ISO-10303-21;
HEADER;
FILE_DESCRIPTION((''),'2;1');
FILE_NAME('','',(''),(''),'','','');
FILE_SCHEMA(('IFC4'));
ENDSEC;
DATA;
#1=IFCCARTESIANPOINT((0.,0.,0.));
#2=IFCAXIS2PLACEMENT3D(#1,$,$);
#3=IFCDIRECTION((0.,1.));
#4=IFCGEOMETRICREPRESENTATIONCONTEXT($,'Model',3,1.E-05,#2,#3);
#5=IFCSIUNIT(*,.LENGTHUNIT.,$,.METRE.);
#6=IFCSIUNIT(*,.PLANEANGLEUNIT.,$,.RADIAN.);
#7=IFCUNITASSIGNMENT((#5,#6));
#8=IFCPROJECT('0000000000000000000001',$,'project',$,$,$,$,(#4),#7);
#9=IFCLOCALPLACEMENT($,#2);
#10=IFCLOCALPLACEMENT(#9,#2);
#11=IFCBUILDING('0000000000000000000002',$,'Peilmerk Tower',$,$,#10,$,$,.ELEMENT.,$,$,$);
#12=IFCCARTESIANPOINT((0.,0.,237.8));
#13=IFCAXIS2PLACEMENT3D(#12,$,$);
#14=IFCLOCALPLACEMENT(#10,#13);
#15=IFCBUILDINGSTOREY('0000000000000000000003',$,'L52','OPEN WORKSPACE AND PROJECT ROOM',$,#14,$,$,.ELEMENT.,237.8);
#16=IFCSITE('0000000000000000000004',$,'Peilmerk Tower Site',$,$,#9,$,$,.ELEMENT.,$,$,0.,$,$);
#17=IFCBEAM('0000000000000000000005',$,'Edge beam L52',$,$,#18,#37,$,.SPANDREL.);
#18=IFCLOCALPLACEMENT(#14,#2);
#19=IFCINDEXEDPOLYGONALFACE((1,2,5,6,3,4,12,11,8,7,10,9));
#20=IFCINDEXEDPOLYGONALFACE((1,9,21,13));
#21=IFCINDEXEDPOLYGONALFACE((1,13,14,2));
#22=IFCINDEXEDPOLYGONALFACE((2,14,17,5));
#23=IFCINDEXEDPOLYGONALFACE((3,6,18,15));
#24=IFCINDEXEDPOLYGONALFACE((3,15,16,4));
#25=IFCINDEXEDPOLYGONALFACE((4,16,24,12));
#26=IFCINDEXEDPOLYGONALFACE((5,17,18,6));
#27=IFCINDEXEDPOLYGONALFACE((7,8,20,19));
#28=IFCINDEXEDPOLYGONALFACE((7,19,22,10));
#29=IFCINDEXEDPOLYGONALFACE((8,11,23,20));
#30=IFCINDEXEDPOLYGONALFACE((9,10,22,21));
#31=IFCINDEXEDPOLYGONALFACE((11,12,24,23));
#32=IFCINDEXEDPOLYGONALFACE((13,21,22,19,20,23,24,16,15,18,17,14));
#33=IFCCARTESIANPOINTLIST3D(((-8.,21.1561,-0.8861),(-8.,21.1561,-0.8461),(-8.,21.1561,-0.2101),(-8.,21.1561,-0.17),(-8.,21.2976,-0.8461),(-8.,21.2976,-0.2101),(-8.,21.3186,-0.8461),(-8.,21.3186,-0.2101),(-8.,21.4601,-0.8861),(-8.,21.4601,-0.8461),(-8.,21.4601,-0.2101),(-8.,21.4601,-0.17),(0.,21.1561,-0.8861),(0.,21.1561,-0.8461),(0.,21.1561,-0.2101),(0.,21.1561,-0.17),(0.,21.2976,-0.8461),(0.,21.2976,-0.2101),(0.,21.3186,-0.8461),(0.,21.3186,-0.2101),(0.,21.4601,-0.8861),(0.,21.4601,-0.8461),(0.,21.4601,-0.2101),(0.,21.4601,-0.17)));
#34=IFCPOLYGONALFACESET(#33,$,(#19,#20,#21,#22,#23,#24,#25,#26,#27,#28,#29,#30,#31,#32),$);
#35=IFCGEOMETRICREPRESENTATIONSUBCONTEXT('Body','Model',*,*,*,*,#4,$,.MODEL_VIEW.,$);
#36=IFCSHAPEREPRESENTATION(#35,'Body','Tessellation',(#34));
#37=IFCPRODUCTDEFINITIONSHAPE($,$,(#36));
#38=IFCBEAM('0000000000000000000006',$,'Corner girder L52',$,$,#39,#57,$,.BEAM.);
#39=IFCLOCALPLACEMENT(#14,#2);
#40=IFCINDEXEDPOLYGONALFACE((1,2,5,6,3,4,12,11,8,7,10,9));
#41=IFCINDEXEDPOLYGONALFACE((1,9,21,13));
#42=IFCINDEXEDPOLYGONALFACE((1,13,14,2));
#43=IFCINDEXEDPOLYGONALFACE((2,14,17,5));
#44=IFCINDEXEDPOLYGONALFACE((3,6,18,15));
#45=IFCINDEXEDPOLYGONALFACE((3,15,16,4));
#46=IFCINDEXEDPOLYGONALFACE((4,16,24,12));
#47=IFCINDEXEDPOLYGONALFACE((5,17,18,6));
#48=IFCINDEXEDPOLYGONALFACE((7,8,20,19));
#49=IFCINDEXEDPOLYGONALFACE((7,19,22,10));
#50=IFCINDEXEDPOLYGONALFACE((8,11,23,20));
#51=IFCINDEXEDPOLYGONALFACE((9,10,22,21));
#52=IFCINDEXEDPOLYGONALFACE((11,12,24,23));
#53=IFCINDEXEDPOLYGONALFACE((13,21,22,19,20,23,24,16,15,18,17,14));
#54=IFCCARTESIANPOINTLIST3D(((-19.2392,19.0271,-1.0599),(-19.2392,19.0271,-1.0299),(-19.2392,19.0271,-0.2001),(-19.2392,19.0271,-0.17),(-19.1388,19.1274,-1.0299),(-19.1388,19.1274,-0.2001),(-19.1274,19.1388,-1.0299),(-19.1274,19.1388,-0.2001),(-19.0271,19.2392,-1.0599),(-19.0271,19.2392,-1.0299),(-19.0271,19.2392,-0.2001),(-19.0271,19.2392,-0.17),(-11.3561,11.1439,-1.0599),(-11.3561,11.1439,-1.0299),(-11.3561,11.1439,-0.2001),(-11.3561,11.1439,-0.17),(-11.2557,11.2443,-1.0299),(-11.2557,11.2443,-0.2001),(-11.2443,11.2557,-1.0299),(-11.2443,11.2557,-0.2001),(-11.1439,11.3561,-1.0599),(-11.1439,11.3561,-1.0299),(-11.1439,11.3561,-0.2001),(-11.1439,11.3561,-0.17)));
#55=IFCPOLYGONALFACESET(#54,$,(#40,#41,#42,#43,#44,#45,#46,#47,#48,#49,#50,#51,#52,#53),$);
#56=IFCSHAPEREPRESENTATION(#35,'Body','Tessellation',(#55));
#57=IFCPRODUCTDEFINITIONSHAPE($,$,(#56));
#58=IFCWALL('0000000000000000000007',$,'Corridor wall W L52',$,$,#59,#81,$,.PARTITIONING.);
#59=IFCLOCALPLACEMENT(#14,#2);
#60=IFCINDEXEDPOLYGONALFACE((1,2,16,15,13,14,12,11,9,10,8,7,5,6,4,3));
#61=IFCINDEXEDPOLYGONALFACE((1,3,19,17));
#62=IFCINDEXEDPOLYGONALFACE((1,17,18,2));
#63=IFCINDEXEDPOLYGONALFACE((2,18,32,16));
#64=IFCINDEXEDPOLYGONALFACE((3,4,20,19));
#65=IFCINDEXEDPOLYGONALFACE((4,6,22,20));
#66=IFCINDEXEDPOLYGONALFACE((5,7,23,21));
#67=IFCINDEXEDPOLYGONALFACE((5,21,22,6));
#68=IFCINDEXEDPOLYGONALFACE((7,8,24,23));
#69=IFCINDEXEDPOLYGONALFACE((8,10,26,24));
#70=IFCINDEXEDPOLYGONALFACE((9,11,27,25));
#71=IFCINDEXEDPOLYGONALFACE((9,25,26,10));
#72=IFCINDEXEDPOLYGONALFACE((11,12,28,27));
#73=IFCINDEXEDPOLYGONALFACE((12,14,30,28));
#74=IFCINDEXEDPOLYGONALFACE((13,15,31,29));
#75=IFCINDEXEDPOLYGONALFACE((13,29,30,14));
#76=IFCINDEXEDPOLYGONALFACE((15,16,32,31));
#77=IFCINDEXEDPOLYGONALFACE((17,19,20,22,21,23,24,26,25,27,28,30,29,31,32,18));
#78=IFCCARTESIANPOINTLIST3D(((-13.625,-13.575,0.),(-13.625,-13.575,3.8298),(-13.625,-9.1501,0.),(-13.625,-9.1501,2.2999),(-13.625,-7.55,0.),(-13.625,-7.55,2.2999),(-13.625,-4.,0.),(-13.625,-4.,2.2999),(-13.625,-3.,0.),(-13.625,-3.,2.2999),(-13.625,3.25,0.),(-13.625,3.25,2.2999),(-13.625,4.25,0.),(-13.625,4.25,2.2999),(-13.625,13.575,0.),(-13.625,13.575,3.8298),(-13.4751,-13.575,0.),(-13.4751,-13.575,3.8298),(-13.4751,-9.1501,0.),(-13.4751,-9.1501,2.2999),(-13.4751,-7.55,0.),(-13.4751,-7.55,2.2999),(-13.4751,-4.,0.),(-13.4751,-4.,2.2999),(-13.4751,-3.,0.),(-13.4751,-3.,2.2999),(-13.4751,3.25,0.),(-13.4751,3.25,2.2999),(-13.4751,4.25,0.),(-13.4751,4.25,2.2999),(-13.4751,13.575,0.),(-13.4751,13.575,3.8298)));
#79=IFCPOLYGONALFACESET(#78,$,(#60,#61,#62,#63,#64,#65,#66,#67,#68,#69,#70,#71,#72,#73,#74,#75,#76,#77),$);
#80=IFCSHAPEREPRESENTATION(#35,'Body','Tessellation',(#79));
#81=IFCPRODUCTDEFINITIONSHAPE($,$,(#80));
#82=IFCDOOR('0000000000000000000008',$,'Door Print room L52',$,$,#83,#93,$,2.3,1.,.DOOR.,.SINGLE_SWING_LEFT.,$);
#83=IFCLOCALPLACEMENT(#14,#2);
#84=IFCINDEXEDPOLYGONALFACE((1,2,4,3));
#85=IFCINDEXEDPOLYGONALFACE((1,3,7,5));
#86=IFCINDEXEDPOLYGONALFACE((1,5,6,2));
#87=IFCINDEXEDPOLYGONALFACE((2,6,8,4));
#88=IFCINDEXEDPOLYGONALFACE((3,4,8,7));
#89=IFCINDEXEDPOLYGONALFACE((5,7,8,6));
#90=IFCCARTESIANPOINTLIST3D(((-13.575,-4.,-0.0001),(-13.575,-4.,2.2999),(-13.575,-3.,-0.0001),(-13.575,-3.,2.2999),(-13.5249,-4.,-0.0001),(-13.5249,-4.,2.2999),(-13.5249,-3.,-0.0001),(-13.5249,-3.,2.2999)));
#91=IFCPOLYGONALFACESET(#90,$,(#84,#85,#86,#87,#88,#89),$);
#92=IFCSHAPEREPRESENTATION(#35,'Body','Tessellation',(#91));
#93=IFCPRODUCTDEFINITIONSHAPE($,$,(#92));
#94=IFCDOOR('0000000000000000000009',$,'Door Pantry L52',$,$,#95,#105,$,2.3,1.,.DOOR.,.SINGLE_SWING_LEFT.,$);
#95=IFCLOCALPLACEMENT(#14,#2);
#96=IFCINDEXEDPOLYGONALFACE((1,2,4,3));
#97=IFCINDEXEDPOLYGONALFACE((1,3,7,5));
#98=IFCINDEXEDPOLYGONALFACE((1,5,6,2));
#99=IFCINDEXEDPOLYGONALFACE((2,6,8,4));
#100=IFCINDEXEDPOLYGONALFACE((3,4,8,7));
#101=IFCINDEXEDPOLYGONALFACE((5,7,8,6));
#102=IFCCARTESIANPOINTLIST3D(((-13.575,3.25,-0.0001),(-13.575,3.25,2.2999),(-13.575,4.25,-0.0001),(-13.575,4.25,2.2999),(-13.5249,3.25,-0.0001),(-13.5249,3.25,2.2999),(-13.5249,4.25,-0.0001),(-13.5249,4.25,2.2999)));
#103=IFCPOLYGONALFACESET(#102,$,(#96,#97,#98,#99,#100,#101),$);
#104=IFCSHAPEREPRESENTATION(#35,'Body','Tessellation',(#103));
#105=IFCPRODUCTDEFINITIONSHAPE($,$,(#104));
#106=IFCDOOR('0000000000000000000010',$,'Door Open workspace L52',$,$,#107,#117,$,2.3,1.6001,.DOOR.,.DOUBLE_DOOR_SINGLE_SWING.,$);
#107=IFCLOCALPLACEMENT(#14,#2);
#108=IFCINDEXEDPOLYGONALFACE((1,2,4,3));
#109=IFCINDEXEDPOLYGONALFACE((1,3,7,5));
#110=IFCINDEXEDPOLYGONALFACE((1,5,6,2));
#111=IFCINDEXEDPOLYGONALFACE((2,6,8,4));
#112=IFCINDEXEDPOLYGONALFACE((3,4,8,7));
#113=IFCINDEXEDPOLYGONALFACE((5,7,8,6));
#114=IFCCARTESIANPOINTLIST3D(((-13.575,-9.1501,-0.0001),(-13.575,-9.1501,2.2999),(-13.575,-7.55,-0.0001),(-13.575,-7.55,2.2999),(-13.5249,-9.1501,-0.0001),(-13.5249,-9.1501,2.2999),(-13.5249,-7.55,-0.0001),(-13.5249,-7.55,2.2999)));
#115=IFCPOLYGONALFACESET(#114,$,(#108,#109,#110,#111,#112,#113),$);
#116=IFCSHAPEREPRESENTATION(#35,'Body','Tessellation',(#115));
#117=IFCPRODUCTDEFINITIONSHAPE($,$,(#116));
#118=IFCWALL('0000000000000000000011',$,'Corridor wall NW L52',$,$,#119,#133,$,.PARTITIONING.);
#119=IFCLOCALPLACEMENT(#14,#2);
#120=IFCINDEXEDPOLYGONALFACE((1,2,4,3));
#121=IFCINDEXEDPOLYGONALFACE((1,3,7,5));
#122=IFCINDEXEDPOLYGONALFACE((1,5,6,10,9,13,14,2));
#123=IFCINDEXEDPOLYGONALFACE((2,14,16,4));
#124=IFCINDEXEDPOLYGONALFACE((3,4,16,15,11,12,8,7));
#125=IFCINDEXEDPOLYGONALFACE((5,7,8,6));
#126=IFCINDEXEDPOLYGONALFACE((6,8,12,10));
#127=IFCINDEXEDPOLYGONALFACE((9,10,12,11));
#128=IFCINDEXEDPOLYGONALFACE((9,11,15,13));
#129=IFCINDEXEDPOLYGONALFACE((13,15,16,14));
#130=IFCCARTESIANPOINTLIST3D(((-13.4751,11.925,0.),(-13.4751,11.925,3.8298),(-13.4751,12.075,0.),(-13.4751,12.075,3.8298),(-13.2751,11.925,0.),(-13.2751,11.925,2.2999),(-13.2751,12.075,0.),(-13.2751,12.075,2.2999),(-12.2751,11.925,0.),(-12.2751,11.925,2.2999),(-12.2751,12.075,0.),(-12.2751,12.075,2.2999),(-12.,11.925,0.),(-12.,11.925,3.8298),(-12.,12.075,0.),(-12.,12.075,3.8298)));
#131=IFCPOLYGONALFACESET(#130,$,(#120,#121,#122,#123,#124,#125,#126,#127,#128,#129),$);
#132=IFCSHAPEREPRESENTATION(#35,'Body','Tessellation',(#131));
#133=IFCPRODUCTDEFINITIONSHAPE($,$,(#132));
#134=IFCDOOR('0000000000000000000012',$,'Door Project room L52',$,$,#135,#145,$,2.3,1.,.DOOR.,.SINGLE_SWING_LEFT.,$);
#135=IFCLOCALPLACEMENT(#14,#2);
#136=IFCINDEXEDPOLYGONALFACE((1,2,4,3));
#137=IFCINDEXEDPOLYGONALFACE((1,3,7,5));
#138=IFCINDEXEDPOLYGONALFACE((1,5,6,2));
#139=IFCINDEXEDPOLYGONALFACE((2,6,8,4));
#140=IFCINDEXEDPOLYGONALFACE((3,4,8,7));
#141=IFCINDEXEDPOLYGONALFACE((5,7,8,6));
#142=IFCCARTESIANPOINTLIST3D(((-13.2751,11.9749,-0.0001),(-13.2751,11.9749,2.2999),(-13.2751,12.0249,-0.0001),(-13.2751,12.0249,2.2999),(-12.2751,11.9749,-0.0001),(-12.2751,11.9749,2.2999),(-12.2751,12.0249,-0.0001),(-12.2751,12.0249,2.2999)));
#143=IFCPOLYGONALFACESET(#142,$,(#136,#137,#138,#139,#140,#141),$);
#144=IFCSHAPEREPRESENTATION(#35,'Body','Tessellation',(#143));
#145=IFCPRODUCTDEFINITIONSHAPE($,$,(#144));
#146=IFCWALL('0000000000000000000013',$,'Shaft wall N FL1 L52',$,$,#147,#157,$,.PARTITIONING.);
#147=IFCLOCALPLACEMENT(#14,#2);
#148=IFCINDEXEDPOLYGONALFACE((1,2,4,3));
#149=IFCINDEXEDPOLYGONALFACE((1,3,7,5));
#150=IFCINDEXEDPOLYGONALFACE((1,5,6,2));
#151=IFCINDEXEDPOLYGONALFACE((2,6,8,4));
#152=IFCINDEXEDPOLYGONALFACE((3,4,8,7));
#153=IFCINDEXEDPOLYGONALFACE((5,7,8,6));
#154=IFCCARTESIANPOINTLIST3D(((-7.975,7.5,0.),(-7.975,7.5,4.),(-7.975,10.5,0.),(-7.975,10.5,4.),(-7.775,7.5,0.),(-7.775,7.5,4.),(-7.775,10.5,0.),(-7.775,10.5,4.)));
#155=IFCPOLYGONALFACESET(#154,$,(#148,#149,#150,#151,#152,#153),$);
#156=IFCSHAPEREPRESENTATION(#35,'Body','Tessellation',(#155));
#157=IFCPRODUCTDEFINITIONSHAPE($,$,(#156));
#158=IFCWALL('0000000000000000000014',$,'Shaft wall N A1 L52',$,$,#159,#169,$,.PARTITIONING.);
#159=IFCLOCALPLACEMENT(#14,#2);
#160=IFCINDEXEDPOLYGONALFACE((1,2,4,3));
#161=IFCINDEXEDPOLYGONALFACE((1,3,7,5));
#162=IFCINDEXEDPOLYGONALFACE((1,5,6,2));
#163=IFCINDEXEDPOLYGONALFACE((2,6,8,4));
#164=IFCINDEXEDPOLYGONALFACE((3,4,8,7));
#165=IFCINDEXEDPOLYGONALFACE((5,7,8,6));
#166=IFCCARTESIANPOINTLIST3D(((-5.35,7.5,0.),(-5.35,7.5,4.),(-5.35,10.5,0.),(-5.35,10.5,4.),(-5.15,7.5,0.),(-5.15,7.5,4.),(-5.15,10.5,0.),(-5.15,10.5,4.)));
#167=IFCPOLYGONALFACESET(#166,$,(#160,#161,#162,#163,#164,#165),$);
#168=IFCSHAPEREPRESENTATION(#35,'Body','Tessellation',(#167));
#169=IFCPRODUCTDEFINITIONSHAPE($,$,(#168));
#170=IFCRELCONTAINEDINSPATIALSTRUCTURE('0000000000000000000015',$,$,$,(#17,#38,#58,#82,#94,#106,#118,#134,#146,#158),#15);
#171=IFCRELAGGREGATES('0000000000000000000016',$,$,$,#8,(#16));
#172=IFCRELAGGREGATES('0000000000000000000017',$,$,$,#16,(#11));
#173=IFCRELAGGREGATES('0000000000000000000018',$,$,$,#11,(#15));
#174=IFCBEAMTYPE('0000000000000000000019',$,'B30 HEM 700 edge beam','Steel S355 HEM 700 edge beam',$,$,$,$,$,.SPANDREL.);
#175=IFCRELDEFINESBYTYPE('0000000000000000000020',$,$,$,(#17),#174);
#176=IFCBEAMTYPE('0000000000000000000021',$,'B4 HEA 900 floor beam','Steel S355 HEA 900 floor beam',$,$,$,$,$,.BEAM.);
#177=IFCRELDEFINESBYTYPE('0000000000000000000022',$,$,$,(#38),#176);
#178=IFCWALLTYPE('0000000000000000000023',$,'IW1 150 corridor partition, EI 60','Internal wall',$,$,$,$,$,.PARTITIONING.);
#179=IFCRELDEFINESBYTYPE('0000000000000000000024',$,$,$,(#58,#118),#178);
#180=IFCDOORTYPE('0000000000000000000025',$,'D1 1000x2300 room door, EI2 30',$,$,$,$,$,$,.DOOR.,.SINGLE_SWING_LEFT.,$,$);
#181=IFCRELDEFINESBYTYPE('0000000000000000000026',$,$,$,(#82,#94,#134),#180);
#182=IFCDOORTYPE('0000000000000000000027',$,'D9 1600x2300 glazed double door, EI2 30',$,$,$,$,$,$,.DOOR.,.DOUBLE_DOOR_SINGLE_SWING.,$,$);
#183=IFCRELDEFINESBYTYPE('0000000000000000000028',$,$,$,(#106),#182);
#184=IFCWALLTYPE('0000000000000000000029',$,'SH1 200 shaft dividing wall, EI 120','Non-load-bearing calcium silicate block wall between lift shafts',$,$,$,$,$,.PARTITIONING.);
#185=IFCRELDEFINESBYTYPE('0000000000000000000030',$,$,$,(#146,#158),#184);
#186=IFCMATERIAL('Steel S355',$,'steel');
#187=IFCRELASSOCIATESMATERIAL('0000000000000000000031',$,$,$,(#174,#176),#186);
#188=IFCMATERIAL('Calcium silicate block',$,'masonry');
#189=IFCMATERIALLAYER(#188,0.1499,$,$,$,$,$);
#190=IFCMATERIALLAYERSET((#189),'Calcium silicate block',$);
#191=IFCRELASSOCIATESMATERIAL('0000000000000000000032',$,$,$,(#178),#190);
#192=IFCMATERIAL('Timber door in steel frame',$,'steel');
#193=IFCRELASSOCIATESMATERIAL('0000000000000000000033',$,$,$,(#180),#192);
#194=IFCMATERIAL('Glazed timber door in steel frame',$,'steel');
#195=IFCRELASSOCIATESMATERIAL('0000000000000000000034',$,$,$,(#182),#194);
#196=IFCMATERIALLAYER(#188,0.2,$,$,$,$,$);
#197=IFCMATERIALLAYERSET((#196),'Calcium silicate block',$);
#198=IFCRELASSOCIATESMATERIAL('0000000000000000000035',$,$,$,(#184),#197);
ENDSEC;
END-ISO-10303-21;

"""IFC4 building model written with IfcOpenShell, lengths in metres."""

from ifc_helpers import new_model, si_unit, direction, frame, frame_2d, origin, origin_2d, place, context, subcontext, project, spatial, rectangle, i_section, extrude, material, layer, layer_set, material_profile, profile_set, type_object, element, fill, save


model = new_model("IFC4")

# Units and contexts
model_context = context("Model", 3, precision=1e-05, world=origin(), true_north=direction((0.0, 1.0)))
body_context = subcontext(model_context, "Body", "Model", "MODEL_VIEW")
ifc_project = project(units=[si_unit("LENGTHUNIT", "METRE"), si_unit("PLANEANGLEUNIT", "RADIAN")], contexts=[model_context])

# Site, building, storey
site_placement = place(None, origin())
site = spatial("IfcSite", under=ifc_project, at=site_placement, Name="Peilmerk Tower Site", CompositionType="ELEMENT", RefElevation=0.0)
building_placement = place(site_placement, origin())
building = spatial("IfcBuilding", under=site, at=building_placement, Name="Peilmerk Tower", CompositionType="ELEMENT")
storey_placement = place(building_placement, frame((0.0, 0.0, 237.8)))
storey = spatial("IfcBuildingStorey", under=building, at=storey_placement, Name="L52", Description="OPEN WORKSPACE AND PROJECT ROOM", CompositionType="ELEMENT", Elevation=237.8)

# Beams
ifc_material_1 = material(Name="Steel S355", Category="steel")
ifc_material_profile_1 = material_profile(ifc_material_1, i_section(OverallWidth=0.304, OverallDepth=0.7161, WebThickness=0.021, FlangeThickness=0.04, at=origin_2d()), Name="HEM 700")
ifc_profile_set_1 = profile_set([ifc_material_profile_1], Name="Steel S355")
beam_type_1 = type_object("IfcBeamType", Name="B30 HEM 700 edge beam", Description="Steel S355 HEM 700 edge beam", PredefinedType="SPANDREL", material=ifc_profile_set_1)
beam_1_placement = place(storey_placement, frame((0.0, 21.3081, -0.5281), z_axis=(-1.0, 0.0, 0.0), x_axis=(0.0, -1.0, 0.0)))
element("IfcBeam", 1, at=beam_1_placement, inside=storey, type_object=beam_type_1, Name="Edge beam L52", PredefinedType="SPANDREL", context=body_context, shape_type="SweptSolid", body=[
    extrude(i_section(OverallWidth=0.304, OverallDepth=0.7161, WebThickness=0.021, FlangeThickness=0.04, at=origin_2d()), origin(), (0.0, 0.0, 1.0), 8.0),
])
ifc_material_profile_2 = material_profile(ifc_material_1, i_section(OverallWidth=0.3, OverallDepth=0.8899, WebThickness=0.0161, FlangeThickness=0.03, at=origin_2d()), Name="HEA 900")
ifc_profile_set_2 = profile_set([ifc_material_profile_2], Name="Steel S355")
beam_type_2 = type_object("IfcBeamType", Name="B4 HEA 900 floor beam", Description="Steel S355 HEA 900 floor beam", PredefinedType="BEAM", material=ifc_profile_set_2)
beam_2_placement = place(storey_placement, frame((-11.25, 11.25, -0.615), z_axis=(-0.707107, 0.707107, 0.0), x_axis=(-0.707107, -0.707107, 0.0)))
element("IfcBeam", 2, at=beam_2_placement, inside=storey, type_object=beam_type_2, Name="Corner girder L52", PredefinedType="BEAM", context=body_context, shape_type="SweptSolid", body=[
    extrude(i_section(OverallWidth=0.3, OverallDepth=0.8899, WebThickness=0.0161, FlangeThickness=0.03, at=origin_2d()), origin(), (0.0, 0.0, 1.0), 11.1484),
])

# Wall, openings, doors
ifc_material_2 = material(Name="Calcium silicate block", Category="masonry")
ifc_layer_1 = layer(ifc_material_2, 0.1499)
ifc_layer_set_1 = layer_set([ifc_layer_1], Name="Calcium silicate block")
wall_type_1 = type_object("IfcWallType", Name="IW1 150 corridor partition, EI 60", Description="Internal wall", PredefinedType="PARTITIONING", material=ifc_layer_set_1)
wall_1_placement = place(storey_placement, frame((-13.55, 13.575, 0.0), z_axis=(0.0, 0.0, 1.0), x_axis=(0.0, -1.0, 0.0)))
wall_1 = element("IfcWall", 3, at=wall_1_placement, inside=storey, type_object=wall_type_1, Name="Corridor wall W L52", PredefinedType="PARTITIONING", context=body_context, shape_type="SweptSolid", body=[
    extrude(rectangle(XDim=27.1499, YDim=0.1499, at=frame_2d((13.575, 0.0))), origin(), (0.0, 0.0, 1.0), 3.8298),
])
opening_1_placement = place(wall_1_placement, frame((21.125, 0.0, 0.0)))
opening_1 = element("IfcOpeningElement", 4, at=opening_1_placement, cuts=wall_1, PredefinedType="OPENING", context=body_context, shape_type="SweptSolid", body=[
    extrude(rectangle(XDim=1.6001, YDim=2.3, at=frame_2d((0.8, 1.1499))), frame((0.0, 0.085, 0.0), z_axis=(0.0, -1.0, 0.0), x_axis=(1.0, 0.0, 0.0)), (0.0, 0.0, 1.0), 0.1699),
])
opening_2_placement = place(wall_1_placement, frame((16.575, 0.0, 0.0)))
opening_2 = element("IfcOpeningElement", 5, at=opening_2_placement, cuts=wall_1, PredefinedType="OPENING", context=body_context, shape_type="SweptSolid", body=[
    extrude(rectangle(XDim=1.0, YDim=2.3, at=frame_2d((0.5, 1.1499))), frame((0.0, 0.085, 0.0), z_axis=(0.0, -1.0, 0.0), x_axis=(1.0, 0.0, 0.0)), (0.0, 0.0, 1.0), 0.1699),
])
opening_3_placement = place(wall_1_placement, frame((9.325, 0.0, 0.0)))
opening_3 = element("IfcOpeningElement", 6, at=opening_3_placement, cuts=wall_1, PredefinedType="OPENING", context=body_context, shape_type="SweptSolid", body=[
    extrude(rectangle(XDim=1.0, YDim=2.3, at=frame_2d((0.5, 1.1499))), frame((0.0, 0.085, 0.0), z_axis=(0.0, -1.0, 0.0), x_axis=(1.0, 0.0, 0.0)), (0.0, 0.0, 1.0), 0.1699),
])
ifc_material_3 = material(Name="Timber door in steel frame", Category="steel")
door_type_1 = type_object("IfcDoorType", Name="D1 1000x2300 room door, EI2 30", OperationType="SINGLE_SWING_LEFT", PredefinedType="DOOR", material=ifc_material_3)
door_1_placement = place(opening_2_placement, frame((1.0, 0.0, 0.0), z_axis=(0.0, 0.0, 1.0), x_axis=(-1.0, 0.0, 0.0)))
door_1 = element("IfcDoor", 7, at=door_1_placement, inside=storey, type_object=door_type_1, Name="Door Print room L52", OperationType="SINGLE_SWING_LEFT", OverallHeight=2.3, OverallWidth=1.0, PredefinedType="DOOR", context=body_context, shape_type="SweptSolid", body=[
    extrude(rectangle(XDim=1.0, YDim=2.3, at=frame_2d((0.5, 1.1499))), frame((0.0, 0.0249, 0.0), z_axis=(0.0, -1.0, 0.0), x_axis=(1.0, 0.0, 0.0)), (0.0, 0.0, 1.0), 0.05),
])
fill(opening_2, door_1)
door_2_placement = place(opening_3_placement, frame((1.0, 0.0, 0.0), z_axis=(0.0, 0.0, 1.0), x_axis=(-1.0, 0.0, 0.0)))
door_2 = element("IfcDoor", 8, at=door_2_placement, inside=storey, type_object=door_type_1, Name="Door Pantry L52", OperationType="SINGLE_SWING_LEFT", OverallHeight=2.3, OverallWidth=1.0, PredefinedType="DOOR", context=body_context, shape_type="SweptSolid", body=[
    extrude(rectangle(XDim=1.0, YDim=2.3, at=frame_2d((0.5, 1.1499))), frame((0.0, 0.0249, 0.0), z_axis=(0.0, -1.0, 0.0), x_axis=(1.0, 0.0, 0.0)), (0.0, 0.0, 1.0), 0.05),
])
fill(opening_3, door_2)
ifc_material_4 = material(Name="Glazed timber door in steel frame", Category="steel")
door_type_2 = type_object("IfcDoorType", Name="D9 1600x2300 glazed double door, EI2 30", OperationType="DOUBLE_DOOR_SINGLE_SWING", PredefinedType="DOOR", material=ifc_material_4)
door_3_placement = place(opening_1_placement, frame((1.6001, 0.0, 0.0), z_axis=(0.0, 0.0, 1.0), x_axis=(-1.0, 0.0, 0.0)))
door_3 = element("IfcDoor", 9, at=door_3_placement, inside=storey, type_object=door_type_2, Name="Door Open workspace L52", OperationType="DOUBLE_DOOR_SINGLE_SWING", OverallHeight=2.3, OverallWidth=1.6001, PredefinedType="DOOR", context=body_context, shape_type="SweptSolid", body=[
    extrude(rectangle(XDim=1.6001, YDim=2.3, at=frame_2d((0.8, 1.1499))), frame((0.0, 0.0249, 0.0), z_axis=(0.0, -1.0, 0.0), x_axis=(1.0, 0.0, 0.0)), (0.0, 0.0, 1.0), 0.05),
])
fill(opening_1, door_3)

# Wall, opening, door
wall_2_placement = place(storey_placement, frame((-13.4751, 12.0, 0.0), z_axis=(0.0, 0.0, 1.0), x_axis=(1.0, 0.0, 0.0)))
wall_2 = element("IfcWall", 10, at=wall_2_placement, inside=storey, type_object=wall_type_1, Name="Corridor wall NW L52", PredefinedType="PARTITIONING", context=body_context, shape_type="SweptSolid", body=[
    extrude(rectangle(XDim=1.4751, YDim=0.1499, at=frame_2d((0.7375, 0.0))), origin(), (0.0, 0.0, 1.0), 3.8298),
])
opening_4_placement = place(wall_2_placement, frame((0.2, 0.0, 0.0)))
opening_4 = element("IfcOpeningElement", 11, at=opening_4_placement, cuts=wall_2, PredefinedType="OPENING", context=body_context, shape_type="SweptSolid", body=[
    extrude(rectangle(XDim=1.0, YDim=2.3, at=frame_2d((0.5, 1.1499))), frame((0.0, 0.085, 0.0), z_axis=(0.0, -1.0, 0.0), x_axis=(1.0, 0.0, 0.0)), (0.0, 0.0, 1.0), 0.1699),
])
door_4_placement = place(opening_4_placement, origin())
door_4 = element("IfcDoor", 12, at=door_4_placement, inside=storey, type_object=door_type_1, Name="Door Project room L52", OperationType="SINGLE_SWING_LEFT", OverallHeight=2.3, OverallWidth=1.0, PredefinedType="DOOR", context=body_context, shape_type="SweptSolid", body=[
    extrude(rectangle(XDim=1.0, YDim=2.3, at=frame_2d((0.5, 1.1499))), frame((0.0, 0.0249, 0.0), z_axis=(0.0, -1.0, 0.0), x_axis=(1.0, 0.0, 0.0)), (0.0, 0.0, 1.0), 0.05),
])
fill(opening_4, door_4)

# Walls
ifc_layer_2 = layer(ifc_material_2, 0.2)
ifc_layer_set_2 = layer_set([ifc_layer_2], Name="Calcium silicate block")
wall_type_2 = type_object("IfcWallType", Name="SH1 200 shaft dividing wall, EI 120", Description="Non-load-bearing calcium silicate block wall between lift shafts", PredefinedType="PARTITIONING", material=ifc_layer_set_2)
for number, where, z_axis, x_axis, name in (
    (13, (-7.875, 7.5, 0.0), (0.0, 0.0, 1.0), (0.0, 1.0, 0.0), "Shaft wall N FL1 L52"),
    (14, (-5.25, 7.5, 0.0), (0.0, 0.0, 1.0), (0.0, 1.0, 0.0), "Shaft wall N A1 L52"),
):
    element("IfcWall", number, at=place(storey_placement, frame(where, z_axis=z_axis, x_axis=x_axis)), inside=storey, type_object=wall_type_2, Name=name, PredefinedType="PARTITIONING", context=body_context, shape_type="SweptSolid", body=[
        extrude(rectangle(XDim=3.0, YDim=0.2, at=frame_2d((1.5, 0.0))), origin(), (0.0, 0.0, 1.0), 4.0),
    ])

save(model, "model.ifc")
